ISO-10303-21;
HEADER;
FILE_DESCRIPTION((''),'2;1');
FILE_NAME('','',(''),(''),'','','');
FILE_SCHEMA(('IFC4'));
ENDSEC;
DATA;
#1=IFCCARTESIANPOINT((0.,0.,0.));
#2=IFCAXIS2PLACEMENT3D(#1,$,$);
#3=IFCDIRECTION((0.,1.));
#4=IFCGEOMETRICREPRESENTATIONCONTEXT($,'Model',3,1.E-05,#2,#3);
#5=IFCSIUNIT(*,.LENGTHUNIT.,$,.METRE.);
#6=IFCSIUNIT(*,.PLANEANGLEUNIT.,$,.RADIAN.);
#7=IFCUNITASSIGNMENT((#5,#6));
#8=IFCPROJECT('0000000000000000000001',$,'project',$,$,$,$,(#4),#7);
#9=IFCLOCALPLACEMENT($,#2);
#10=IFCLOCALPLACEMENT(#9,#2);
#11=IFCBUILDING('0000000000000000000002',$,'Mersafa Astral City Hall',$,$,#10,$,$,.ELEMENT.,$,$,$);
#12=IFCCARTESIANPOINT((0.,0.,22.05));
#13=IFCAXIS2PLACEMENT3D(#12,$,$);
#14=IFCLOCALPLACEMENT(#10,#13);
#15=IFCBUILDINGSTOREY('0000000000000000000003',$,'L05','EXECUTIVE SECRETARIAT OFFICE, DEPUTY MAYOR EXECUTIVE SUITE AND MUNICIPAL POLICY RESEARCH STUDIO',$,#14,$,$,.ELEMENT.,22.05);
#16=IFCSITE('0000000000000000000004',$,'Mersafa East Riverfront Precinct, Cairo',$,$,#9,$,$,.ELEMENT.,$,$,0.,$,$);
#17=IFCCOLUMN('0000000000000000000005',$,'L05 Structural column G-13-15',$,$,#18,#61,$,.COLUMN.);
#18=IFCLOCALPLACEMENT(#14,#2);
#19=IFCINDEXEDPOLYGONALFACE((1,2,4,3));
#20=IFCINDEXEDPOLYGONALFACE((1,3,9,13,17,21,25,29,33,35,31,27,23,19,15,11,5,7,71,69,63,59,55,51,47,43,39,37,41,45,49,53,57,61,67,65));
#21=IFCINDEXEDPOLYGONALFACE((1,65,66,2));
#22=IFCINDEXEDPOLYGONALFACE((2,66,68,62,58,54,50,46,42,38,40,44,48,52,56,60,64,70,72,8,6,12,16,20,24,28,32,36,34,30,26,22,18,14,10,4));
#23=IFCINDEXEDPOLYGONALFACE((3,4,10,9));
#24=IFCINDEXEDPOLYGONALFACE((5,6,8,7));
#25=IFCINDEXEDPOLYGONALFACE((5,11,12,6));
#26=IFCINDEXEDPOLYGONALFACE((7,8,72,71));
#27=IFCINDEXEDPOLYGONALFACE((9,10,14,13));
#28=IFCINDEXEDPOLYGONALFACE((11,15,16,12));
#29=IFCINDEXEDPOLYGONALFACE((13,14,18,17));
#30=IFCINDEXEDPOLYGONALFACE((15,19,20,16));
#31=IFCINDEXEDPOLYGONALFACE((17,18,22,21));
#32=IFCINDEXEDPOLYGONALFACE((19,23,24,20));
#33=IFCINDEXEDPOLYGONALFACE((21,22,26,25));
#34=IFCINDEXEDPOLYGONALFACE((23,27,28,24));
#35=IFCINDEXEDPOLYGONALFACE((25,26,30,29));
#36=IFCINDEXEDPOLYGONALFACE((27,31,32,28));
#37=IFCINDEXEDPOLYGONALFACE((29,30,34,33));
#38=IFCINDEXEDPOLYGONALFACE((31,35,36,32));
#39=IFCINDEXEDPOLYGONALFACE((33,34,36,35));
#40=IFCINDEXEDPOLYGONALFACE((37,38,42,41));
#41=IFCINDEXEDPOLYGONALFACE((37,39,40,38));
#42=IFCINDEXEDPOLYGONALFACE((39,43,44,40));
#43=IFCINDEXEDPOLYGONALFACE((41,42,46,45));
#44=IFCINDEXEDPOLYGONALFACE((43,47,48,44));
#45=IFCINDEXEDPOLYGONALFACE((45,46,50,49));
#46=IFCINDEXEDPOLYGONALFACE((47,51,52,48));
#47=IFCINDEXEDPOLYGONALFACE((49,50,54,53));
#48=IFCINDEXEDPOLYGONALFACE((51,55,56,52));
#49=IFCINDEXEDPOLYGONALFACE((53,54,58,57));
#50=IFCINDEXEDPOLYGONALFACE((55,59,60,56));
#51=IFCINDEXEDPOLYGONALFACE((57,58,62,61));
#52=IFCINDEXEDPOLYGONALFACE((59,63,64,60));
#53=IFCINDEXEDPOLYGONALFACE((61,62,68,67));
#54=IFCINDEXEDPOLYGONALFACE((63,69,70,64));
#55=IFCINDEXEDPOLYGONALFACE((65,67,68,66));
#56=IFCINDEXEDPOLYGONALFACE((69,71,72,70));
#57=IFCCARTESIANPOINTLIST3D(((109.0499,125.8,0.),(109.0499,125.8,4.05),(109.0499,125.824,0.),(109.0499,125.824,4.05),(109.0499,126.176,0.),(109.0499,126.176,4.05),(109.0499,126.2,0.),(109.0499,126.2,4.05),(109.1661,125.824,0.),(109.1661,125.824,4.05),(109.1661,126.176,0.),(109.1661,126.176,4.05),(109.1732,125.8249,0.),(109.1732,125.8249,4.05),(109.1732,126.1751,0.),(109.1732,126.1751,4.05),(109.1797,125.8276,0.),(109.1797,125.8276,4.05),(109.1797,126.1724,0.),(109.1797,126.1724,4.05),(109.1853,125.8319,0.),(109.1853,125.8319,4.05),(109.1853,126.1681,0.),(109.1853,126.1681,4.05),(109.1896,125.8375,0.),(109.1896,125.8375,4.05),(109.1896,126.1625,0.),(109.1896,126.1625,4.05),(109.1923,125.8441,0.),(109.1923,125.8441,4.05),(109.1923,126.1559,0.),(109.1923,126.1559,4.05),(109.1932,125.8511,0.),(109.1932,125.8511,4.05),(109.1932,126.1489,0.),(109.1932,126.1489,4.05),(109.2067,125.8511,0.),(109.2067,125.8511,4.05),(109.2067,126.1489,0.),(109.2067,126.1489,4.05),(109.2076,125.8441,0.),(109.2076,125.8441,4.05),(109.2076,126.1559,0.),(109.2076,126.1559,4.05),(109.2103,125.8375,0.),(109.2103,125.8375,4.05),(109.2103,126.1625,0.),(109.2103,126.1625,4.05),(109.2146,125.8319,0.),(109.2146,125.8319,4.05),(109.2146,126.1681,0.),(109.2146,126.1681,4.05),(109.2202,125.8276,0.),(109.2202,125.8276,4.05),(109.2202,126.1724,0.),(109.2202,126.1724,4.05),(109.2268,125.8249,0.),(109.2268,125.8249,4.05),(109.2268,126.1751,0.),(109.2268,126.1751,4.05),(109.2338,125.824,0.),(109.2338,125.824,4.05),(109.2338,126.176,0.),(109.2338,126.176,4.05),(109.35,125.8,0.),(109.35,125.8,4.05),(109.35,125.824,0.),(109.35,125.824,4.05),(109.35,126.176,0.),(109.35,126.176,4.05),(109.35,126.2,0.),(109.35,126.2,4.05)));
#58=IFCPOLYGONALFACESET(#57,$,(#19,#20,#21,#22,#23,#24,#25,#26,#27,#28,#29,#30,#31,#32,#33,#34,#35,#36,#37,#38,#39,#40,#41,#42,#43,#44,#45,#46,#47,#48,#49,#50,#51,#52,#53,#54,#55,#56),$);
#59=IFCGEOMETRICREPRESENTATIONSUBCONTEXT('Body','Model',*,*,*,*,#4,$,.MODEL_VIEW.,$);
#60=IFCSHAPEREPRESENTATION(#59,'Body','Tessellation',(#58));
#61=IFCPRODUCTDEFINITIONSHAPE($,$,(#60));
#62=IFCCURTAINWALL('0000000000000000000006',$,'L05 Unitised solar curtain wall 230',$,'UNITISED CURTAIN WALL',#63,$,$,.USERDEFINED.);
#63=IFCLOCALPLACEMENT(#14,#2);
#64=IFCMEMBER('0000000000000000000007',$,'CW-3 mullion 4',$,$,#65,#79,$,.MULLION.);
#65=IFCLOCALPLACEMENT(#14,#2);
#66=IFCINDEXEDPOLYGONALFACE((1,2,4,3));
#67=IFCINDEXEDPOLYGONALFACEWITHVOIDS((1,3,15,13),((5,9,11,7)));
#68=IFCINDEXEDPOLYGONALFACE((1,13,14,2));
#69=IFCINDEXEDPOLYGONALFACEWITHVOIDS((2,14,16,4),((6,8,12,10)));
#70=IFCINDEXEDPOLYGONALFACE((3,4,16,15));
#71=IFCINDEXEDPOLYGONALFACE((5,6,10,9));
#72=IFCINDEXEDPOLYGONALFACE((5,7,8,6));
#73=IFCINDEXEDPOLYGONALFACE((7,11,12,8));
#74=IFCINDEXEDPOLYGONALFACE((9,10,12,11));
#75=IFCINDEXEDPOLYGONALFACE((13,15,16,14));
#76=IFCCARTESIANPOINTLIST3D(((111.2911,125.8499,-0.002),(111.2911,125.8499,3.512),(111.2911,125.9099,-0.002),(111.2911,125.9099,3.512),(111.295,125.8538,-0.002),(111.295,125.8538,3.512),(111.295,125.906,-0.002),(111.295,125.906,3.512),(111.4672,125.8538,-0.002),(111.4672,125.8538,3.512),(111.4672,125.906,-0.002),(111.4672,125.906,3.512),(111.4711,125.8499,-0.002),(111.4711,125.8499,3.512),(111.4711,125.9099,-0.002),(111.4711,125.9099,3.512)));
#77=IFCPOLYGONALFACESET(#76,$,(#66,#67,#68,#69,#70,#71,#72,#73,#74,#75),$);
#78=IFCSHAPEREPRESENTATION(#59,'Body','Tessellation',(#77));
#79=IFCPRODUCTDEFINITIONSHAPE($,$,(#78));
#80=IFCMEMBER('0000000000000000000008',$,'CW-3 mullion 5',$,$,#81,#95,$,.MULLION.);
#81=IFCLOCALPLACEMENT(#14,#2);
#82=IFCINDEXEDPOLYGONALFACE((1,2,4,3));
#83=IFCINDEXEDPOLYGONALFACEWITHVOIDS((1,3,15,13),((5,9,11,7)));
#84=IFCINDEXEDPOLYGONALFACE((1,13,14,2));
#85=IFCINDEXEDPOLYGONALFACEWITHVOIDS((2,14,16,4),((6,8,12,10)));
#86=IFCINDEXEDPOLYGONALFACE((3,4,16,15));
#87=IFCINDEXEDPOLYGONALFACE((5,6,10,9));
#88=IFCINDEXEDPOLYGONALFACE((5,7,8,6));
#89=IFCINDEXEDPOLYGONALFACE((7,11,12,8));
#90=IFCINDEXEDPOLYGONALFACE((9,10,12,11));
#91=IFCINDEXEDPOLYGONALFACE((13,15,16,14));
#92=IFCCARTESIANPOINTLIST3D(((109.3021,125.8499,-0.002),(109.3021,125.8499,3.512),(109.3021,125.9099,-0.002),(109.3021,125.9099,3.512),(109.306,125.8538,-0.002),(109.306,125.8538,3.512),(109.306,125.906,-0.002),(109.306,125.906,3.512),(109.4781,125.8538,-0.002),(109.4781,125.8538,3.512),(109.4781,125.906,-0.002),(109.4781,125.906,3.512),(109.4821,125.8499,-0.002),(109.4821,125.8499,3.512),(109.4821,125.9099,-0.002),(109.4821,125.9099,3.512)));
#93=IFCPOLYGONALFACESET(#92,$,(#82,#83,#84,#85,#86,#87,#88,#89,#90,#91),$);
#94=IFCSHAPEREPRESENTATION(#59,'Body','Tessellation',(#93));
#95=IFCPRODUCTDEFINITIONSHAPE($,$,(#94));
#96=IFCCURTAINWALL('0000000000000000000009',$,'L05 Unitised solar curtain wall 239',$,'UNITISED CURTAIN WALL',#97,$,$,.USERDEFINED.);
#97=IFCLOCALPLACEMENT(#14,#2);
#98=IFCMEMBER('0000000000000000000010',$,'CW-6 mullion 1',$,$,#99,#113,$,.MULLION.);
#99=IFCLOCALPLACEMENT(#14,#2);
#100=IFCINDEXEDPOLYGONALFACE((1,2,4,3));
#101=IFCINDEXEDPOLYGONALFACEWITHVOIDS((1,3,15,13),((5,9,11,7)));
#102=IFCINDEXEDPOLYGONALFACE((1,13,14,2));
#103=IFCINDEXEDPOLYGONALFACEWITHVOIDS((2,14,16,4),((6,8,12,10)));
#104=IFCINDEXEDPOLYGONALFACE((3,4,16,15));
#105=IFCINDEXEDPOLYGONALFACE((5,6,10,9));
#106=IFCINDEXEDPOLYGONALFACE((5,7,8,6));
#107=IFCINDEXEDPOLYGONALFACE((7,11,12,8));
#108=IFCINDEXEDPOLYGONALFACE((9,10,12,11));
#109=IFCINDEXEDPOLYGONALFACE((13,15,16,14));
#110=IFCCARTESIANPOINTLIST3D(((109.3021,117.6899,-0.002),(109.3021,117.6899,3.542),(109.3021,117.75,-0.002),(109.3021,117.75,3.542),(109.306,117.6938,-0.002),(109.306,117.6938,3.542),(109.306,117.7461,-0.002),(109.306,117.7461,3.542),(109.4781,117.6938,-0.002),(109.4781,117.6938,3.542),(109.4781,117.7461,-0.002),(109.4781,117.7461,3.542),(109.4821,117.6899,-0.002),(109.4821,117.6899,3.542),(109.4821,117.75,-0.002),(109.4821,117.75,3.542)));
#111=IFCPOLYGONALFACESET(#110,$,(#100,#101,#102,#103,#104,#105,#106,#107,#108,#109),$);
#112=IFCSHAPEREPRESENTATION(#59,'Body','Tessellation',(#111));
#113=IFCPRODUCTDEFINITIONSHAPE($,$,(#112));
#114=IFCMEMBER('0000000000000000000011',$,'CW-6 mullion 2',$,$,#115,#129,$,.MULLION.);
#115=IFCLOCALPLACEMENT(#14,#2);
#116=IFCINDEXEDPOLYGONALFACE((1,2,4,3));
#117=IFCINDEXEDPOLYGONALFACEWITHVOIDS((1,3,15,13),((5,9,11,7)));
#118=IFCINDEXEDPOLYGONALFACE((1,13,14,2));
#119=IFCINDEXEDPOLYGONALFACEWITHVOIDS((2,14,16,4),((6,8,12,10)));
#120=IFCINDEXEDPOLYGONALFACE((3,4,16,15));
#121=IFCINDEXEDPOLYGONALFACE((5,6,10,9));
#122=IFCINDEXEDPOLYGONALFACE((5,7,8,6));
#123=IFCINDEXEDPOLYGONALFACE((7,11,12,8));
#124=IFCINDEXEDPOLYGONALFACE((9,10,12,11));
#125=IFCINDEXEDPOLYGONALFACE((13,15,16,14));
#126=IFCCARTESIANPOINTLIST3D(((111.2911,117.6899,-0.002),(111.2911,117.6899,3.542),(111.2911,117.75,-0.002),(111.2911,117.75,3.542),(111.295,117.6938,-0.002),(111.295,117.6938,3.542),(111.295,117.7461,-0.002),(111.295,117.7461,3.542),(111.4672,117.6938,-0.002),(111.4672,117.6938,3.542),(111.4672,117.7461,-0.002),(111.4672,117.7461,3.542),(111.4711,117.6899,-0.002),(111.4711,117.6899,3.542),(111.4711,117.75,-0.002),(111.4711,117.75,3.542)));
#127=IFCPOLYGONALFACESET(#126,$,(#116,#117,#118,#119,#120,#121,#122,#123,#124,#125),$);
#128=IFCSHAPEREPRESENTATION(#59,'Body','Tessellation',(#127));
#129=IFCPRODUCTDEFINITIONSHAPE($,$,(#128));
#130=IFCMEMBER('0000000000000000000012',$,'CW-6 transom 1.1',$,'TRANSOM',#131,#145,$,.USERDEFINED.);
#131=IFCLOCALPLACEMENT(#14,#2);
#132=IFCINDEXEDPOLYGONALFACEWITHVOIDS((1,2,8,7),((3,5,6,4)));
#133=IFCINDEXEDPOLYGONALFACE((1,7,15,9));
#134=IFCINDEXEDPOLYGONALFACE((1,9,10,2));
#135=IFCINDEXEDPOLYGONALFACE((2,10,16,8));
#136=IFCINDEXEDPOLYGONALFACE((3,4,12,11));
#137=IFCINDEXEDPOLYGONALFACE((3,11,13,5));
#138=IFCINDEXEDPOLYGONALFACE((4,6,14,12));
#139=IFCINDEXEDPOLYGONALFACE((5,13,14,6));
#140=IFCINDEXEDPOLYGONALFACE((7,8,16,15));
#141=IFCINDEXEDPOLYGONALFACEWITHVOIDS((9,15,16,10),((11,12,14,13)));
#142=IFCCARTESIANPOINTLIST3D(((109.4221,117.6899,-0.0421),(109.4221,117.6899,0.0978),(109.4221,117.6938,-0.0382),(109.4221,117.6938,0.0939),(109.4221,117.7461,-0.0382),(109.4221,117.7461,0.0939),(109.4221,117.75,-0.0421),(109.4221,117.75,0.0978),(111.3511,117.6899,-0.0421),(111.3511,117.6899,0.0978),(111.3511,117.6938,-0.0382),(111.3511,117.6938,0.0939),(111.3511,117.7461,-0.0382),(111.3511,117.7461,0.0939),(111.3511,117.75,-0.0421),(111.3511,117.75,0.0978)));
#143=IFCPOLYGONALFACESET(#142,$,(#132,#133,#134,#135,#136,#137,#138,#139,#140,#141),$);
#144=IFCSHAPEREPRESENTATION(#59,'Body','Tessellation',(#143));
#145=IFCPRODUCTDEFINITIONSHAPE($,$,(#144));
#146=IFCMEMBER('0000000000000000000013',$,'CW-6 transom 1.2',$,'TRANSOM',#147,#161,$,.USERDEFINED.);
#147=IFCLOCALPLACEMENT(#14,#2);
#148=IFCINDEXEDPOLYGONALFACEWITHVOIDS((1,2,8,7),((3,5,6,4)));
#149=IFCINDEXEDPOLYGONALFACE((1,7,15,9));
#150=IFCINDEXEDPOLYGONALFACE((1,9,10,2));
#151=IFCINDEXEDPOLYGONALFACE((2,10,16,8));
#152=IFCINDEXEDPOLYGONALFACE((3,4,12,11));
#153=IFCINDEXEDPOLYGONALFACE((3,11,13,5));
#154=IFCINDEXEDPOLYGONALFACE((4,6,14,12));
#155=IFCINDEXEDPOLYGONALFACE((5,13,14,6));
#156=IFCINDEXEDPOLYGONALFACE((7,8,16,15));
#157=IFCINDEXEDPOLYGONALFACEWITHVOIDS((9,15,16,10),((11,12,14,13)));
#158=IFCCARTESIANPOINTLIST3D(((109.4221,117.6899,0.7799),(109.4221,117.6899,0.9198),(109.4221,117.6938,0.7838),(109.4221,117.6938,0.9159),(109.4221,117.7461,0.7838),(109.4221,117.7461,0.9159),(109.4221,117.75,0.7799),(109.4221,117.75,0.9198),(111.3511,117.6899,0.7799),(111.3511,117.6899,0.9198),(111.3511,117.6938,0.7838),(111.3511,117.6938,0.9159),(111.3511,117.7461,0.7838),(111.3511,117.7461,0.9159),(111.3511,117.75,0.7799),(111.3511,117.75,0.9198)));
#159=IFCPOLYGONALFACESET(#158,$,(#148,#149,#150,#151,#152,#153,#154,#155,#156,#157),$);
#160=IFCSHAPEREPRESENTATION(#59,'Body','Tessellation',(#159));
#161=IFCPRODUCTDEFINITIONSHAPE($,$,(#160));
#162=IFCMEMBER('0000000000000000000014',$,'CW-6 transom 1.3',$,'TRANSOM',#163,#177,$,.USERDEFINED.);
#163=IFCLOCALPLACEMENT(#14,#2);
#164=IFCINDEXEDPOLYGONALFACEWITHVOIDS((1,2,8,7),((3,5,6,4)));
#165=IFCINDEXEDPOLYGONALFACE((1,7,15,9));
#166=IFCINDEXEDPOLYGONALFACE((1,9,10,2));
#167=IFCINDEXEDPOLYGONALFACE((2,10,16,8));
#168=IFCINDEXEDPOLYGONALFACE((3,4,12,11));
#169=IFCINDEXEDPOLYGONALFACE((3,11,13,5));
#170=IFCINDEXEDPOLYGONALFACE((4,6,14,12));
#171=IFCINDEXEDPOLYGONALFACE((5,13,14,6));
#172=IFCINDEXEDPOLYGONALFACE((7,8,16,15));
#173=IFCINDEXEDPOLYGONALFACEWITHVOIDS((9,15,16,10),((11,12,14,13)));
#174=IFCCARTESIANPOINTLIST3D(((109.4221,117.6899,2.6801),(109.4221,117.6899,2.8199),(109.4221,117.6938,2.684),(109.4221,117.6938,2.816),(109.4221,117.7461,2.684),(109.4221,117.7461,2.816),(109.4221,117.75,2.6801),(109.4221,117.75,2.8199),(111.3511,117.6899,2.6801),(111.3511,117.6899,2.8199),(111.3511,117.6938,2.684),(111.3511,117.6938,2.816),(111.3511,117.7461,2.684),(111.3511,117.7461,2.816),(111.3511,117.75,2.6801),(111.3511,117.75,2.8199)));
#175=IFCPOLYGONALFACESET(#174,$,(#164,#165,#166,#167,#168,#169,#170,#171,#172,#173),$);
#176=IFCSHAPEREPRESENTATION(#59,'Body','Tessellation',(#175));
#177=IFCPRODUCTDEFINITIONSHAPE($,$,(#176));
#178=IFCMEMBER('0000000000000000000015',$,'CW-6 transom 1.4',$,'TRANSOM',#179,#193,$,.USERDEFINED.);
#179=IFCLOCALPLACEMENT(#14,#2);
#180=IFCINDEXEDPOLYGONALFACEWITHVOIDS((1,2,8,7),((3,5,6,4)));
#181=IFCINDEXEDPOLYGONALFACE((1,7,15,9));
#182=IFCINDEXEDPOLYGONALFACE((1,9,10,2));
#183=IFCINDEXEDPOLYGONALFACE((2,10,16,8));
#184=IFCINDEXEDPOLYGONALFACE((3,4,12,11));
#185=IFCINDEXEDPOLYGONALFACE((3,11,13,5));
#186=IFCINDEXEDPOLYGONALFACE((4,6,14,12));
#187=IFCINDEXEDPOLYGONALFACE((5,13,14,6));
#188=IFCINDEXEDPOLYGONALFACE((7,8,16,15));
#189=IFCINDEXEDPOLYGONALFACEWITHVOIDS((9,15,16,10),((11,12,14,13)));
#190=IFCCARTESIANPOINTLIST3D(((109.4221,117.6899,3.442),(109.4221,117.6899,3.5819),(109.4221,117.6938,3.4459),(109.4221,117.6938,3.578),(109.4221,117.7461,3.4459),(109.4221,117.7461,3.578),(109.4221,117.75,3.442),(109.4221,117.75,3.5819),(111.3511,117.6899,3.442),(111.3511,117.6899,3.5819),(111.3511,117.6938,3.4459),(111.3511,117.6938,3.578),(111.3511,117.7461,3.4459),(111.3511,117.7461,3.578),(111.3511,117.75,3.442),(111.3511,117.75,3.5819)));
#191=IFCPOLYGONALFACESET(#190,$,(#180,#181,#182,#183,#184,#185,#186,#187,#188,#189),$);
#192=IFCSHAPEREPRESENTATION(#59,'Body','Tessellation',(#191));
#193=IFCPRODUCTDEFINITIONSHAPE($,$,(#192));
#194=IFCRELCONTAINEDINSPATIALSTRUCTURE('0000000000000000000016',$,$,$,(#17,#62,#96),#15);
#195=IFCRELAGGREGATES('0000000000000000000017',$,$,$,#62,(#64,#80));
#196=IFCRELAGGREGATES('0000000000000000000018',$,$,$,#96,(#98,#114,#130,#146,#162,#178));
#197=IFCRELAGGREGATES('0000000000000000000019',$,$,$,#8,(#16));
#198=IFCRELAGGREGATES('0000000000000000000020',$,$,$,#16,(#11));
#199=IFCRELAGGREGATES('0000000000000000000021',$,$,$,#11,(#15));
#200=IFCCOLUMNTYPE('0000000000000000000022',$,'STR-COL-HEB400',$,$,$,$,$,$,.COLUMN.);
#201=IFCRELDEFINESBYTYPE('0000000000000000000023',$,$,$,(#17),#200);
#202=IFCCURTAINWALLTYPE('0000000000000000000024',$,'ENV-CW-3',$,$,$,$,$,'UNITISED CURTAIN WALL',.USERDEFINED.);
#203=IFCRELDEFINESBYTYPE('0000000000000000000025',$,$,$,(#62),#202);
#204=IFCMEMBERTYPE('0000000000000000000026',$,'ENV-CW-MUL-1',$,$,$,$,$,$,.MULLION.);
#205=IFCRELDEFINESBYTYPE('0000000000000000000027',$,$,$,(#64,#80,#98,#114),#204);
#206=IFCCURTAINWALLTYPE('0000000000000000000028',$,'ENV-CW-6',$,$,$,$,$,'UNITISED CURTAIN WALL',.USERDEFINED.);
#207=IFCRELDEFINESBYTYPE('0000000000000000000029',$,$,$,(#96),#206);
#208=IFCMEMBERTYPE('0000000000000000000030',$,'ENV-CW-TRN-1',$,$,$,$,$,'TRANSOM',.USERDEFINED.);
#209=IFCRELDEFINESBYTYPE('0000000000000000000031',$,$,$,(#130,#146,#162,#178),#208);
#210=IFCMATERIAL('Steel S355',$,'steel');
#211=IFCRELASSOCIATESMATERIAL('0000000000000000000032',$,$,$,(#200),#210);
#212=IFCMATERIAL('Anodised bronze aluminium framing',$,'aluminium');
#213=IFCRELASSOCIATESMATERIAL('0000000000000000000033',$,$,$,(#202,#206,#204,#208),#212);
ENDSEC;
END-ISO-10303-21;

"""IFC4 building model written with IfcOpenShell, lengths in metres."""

from ifc_helpers import new_model, si_unit, direction, frame, origin, origin_2d, place, context, subcontext, project, spatial, hollow_rectangle, i_section, extrude, material, material_profile, profile_set, type_object, element, aggregate, save


model = new_model("IFC4")

# Units and contexts
model_context = context("Model", 3, precision=1e-05, world=origin(), true_north=direction((0.0, 1.0)))
body_context = subcontext(model_context, "Body", "Model", "MODEL_VIEW")
ifc_project = project(units=[si_unit("LENGTHUNIT", "METRE"), si_unit("PLANEANGLEUNIT", "RADIAN")], contexts=[model_context])

# Site, building, storey
site_placement = place(None, origin())
site = spatial("IfcSite", under=ifc_project, at=site_placement, Name="Mersafa East Riverfront Precinct, Cairo", CompositionType="ELEMENT", RefElevation=0.0)
building_placement = place(site_placement, origin())
building = spatial("IfcBuilding", under=site, at=building_placement, Name="Mersafa Astral City Hall", CompositionType="ELEMENT")
storey_placement = place(building_placement, frame((0.0, 0.0, 22.05)))
storey = spatial("IfcBuildingStorey", under=building, at=storey_placement, Name="L05", Description="EXECUTIVE SECRETARIAT OFFICE, DEPUTY MAYOR EXECUTIVE SUITE AND MUNICIPAL POLICY RESEARCH STUDIO", CompositionType="ELEMENT", Elevation=22.05)

# Column
ifc_material_1 = material(Name="Steel S355", Category="steel")
ifc_material_profile_1 = material_profile(ifc_material_1, i_section(OverallWidth=0.3, OverallDepth=0.3999, WebThickness=0.0134, FlangeThickness=0.0239, FilletRadius=0.0271, at=origin_2d()), Name="HEB 400")
ifc_profile_set_1 = profile_set([ifc_material_profile_1], Name="Steel S355")
column_type = type_object("IfcColumnType", Name="STR-COL-HEB400", PredefinedType="COLUMN", material=ifc_profile_set_1)
column_placement = place(storey_placement, frame((109.2, 126.0, 0.0), z_axis=(0.0, 0.0, 1.0), x_axis=(1.0, 0.0, 0.0)))
element("IfcColumn", 1, at=column_placement, inside=storey, type_object=column_type, Name="L05 Structural column G-13-15", PredefinedType="COLUMN", context=body_context, shape_type="SweptSolid", body=[
    extrude(i_section(OverallWidth=0.3, OverallDepth=0.3999, WebThickness=0.0134, FlangeThickness=0.0239, FilletRadius=0.0271, at=origin_2d()), origin(), (0.0, 0.0, 1.0), 4.05),
])

# Curtain walls, members
ifc_material_2 = material(Name="Anodised bronze aluminium framing", Category="aluminium")
curtain_wall_type_1 = type_object("IfcCurtainWallType", Name="ENV-CW-3", ElementType="UNITISED CURTAIN WALL", PredefinedType="USERDEFINED", material=ifc_material_2)
curtain_wall_1_placement = place(storey_placement, origin())
curtain_wall_1 = element("IfcCurtainWall", 2, at=curtain_wall_1_placement, inside=storey, type_object=curtain_wall_type_1, Name="L05 Unitised solar curtain wall 230", ObjectType="UNITISED CURTAIN WALL", PredefinedType="USERDEFINED")
ifc_material_profile_2 = material_profile(ifc_material_2, hollow_rectangle(XDim=0.0601, YDim=0.1799, WallThickness=0.0039, at=origin_2d()), Name="RHS 60x180x4")
ifc_profile_set_2 = profile_set([ifc_material_profile_2], Name="Anodised bronze aluminium framing")
member_type_1 = type_object("IfcMemberType", Name="ENV-CW-MUL-1", PredefinedType="MULLION", material=ifc_profile_set_2)
member_1_placement = place(storey_placement, frame((111.3811, 125.8799, -0.002), z_axis=(0.0, 0.0, 1.0), x_axis=(0.0, -1.0, 0.0)))
member_1 = element("IfcMember", 3, at=member_1_placement, type_object=member_type_1, Name="CW-3 mullion 4", PredefinedType="MULLION", context=body_context, shape_type="SweptSolid", body=[
    extrude(hollow_rectangle(XDim=0.0601, YDim=0.1799, WallThickness=0.0039, at=origin_2d()), origin(), (0.0, 0.0, 1.0), 3.5139),
])
member_2_placement = place(storey_placement, frame((109.3921, 125.8799, -0.002), z_axis=(0.0, 0.0, 1.0), x_axis=(0.0, -1.0, 0.0)))
member_2 = element("IfcMember", 4, at=member_2_placement, type_object=member_type_1, Name="CW-3 mullion 5", PredefinedType="MULLION", context=body_context, shape_type="SweptSolid", body=[
    extrude(hollow_rectangle(XDim=0.0601, YDim=0.1799, WallThickness=0.0039, at=origin_2d()), origin(), (0.0, 0.0, 1.0), 3.5139),
])
curtain_wall_type_2 = type_object("IfcCurtainWallType", Name="ENV-CW-6", ElementType="UNITISED CURTAIN WALL", PredefinedType="USERDEFINED", material=ifc_material_2)
curtain_wall_2_placement = place(storey_placement, origin())
curtain_wall_2 = element("IfcCurtainWall", 5, at=curtain_wall_2_placement, inside=storey, type_object=curtain_wall_type_2, Name="L05 Unitised solar curtain wall 239", ObjectType="UNITISED CURTAIN WALL", PredefinedType="USERDEFINED")
member_3_placement = place(storey_placement, frame((109.3921, 117.72, -0.002), z_axis=(0.0, 0.0, 1.0), x_axis=(0.0, 1.0, 0.0)))
member_3 = element("IfcMember", 6, at=member_3_placement, type_object=member_type_1, Name="CW-6 mullion 1", PredefinedType="MULLION", context=body_context, shape_type="SweptSolid", body=[
    extrude(hollow_rectangle(XDim=0.0601, YDim=0.1799, WallThickness=0.0039, at=origin_2d()), origin(), (0.0, 0.0, 1.0), 3.5439),
])
member_4_placement = place(storey_placement, frame((111.3811, 117.72, -0.002), z_axis=(0.0, 0.0, 1.0), x_axis=(0.0, 1.0, 0.0)))
member_4 = element("IfcMember", 7, at=member_4_placement, type_object=member_type_1, Name="CW-6 mullion 2", PredefinedType="MULLION", context=body_context, shape_type="SweptSolid", body=[
    extrude(hollow_rectangle(XDim=0.0601, YDim=0.1799, WallThickness=0.0039, at=origin_2d()), origin(), (0.0, 0.0, 1.0), 3.5439),
])
ifc_material_profile_3 = material_profile(ifc_material_2, hollow_rectangle(XDim=0.0601, YDim=0.1399, WallThickness=0.0039, at=origin_2d()), Name="RHS 60x140x4")
ifc_profile_set_3 = profile_set([ifc_material_profile_3], Name="Anodised bronze aluminium framing")
member_type_2 = type_object("IfcMemberType", Name="ENV-CW-TRN-1", ElementType="TRANSOM", PredefinedType="USERDEFINED", material=ifc_profile_set_3)
member_5_placement = place(storey_placement, frame((109.4221, 117.72, 0.0278), z_axis=(1.0, 0.0, 0.0), x_axis=(0.0, 1.0, 0.0)))
member_5 = element("IfcMember", 8, at=member_5_placement, type_object=member_type_2, Name="CW-6 transom 1.1", ObjectType="TRANSOM", PredefinedType="USERDEFINED", context=body_context, shape_type="SweptSolid", body=[
    extrude(hollow_rectangle(XDim=0.0601, YDim=0.1399, WallThickness=0.0039, at=origin_2d()), origin(), (0.0, 0.0, 1.0), 1.929),
])
member_6_placement = place(storey_placement, frame((109.4221, 117.72, 0.8499), z_axis=(1.0, 0.0, 0.0), x_axis=(0.0, 1.0, 0.0)))
member_6 = element("IfcMember", 9, at=member_6_placement, type_object=member_type_2, Name="CW-6 transom 1.2", ObjectType="TRANSOM", PredefinedType="USERDEFINED", context=body_context, shape_type="SweptSolid", body=[
    extrude(hollow_rectangle(XDim=0.0601, YDim=0.1399, WallThickness=0.0039, at=origin_2d()), origin(), (0.0, 0.0, 1.0), 1.929),
])
member_7_placement = place(storey_placement, frame((109.4221, 117.72, 2.75), z_axis=(1.0, 0.0, 0.0), x_axis=(0.0, 1.0, 0.0)))
member_7 = element("IfcMember", 10, at=member_7_placement, type_object=member_type_2, Name="CW-6 transom 1.3", ObjectType="TRANSOM", PredefinedType="USERDEFINED", context=body_context, shape_type="SweptSolid", body=[
    extrude(hollow_rectangle(XDim=0.0601, YDim=0.1399, WallThickness=0.0039, at=origin_2d()), origin(), (0.0, 0.0, 1.0), 1.929),
])
member_8_placement = place(storey_placement, frame((109.4221, 117.72, 3.512), z_axis=(1.0, 0.0, 0.0), x_axis=(0.0, 1.0, 0.0)))
member_8 = element("IfcMember", 11, at=member_8_placement, type_object=member_type_2, Name="CW-6 transom 1.4", ObjectType="TRANSOM", PredefinedType="USERDEFINED", context=body_context, shape_type="SweptSolid", body=[
    extrude(hollow_rectangle(XDim=0.0601, YDim=0.1399, WallThickness=0.0039, at=origin_2d()), origin(), (0.0, 0.0, 1.0), 1.929),
])

aggregate(curtain_wall_1, [member_1, member_2])
aggregate(curtain_wall_2, [member_3, member_4, member_5, member_6, member_7, member_8])

save(model, "model.ifc")
